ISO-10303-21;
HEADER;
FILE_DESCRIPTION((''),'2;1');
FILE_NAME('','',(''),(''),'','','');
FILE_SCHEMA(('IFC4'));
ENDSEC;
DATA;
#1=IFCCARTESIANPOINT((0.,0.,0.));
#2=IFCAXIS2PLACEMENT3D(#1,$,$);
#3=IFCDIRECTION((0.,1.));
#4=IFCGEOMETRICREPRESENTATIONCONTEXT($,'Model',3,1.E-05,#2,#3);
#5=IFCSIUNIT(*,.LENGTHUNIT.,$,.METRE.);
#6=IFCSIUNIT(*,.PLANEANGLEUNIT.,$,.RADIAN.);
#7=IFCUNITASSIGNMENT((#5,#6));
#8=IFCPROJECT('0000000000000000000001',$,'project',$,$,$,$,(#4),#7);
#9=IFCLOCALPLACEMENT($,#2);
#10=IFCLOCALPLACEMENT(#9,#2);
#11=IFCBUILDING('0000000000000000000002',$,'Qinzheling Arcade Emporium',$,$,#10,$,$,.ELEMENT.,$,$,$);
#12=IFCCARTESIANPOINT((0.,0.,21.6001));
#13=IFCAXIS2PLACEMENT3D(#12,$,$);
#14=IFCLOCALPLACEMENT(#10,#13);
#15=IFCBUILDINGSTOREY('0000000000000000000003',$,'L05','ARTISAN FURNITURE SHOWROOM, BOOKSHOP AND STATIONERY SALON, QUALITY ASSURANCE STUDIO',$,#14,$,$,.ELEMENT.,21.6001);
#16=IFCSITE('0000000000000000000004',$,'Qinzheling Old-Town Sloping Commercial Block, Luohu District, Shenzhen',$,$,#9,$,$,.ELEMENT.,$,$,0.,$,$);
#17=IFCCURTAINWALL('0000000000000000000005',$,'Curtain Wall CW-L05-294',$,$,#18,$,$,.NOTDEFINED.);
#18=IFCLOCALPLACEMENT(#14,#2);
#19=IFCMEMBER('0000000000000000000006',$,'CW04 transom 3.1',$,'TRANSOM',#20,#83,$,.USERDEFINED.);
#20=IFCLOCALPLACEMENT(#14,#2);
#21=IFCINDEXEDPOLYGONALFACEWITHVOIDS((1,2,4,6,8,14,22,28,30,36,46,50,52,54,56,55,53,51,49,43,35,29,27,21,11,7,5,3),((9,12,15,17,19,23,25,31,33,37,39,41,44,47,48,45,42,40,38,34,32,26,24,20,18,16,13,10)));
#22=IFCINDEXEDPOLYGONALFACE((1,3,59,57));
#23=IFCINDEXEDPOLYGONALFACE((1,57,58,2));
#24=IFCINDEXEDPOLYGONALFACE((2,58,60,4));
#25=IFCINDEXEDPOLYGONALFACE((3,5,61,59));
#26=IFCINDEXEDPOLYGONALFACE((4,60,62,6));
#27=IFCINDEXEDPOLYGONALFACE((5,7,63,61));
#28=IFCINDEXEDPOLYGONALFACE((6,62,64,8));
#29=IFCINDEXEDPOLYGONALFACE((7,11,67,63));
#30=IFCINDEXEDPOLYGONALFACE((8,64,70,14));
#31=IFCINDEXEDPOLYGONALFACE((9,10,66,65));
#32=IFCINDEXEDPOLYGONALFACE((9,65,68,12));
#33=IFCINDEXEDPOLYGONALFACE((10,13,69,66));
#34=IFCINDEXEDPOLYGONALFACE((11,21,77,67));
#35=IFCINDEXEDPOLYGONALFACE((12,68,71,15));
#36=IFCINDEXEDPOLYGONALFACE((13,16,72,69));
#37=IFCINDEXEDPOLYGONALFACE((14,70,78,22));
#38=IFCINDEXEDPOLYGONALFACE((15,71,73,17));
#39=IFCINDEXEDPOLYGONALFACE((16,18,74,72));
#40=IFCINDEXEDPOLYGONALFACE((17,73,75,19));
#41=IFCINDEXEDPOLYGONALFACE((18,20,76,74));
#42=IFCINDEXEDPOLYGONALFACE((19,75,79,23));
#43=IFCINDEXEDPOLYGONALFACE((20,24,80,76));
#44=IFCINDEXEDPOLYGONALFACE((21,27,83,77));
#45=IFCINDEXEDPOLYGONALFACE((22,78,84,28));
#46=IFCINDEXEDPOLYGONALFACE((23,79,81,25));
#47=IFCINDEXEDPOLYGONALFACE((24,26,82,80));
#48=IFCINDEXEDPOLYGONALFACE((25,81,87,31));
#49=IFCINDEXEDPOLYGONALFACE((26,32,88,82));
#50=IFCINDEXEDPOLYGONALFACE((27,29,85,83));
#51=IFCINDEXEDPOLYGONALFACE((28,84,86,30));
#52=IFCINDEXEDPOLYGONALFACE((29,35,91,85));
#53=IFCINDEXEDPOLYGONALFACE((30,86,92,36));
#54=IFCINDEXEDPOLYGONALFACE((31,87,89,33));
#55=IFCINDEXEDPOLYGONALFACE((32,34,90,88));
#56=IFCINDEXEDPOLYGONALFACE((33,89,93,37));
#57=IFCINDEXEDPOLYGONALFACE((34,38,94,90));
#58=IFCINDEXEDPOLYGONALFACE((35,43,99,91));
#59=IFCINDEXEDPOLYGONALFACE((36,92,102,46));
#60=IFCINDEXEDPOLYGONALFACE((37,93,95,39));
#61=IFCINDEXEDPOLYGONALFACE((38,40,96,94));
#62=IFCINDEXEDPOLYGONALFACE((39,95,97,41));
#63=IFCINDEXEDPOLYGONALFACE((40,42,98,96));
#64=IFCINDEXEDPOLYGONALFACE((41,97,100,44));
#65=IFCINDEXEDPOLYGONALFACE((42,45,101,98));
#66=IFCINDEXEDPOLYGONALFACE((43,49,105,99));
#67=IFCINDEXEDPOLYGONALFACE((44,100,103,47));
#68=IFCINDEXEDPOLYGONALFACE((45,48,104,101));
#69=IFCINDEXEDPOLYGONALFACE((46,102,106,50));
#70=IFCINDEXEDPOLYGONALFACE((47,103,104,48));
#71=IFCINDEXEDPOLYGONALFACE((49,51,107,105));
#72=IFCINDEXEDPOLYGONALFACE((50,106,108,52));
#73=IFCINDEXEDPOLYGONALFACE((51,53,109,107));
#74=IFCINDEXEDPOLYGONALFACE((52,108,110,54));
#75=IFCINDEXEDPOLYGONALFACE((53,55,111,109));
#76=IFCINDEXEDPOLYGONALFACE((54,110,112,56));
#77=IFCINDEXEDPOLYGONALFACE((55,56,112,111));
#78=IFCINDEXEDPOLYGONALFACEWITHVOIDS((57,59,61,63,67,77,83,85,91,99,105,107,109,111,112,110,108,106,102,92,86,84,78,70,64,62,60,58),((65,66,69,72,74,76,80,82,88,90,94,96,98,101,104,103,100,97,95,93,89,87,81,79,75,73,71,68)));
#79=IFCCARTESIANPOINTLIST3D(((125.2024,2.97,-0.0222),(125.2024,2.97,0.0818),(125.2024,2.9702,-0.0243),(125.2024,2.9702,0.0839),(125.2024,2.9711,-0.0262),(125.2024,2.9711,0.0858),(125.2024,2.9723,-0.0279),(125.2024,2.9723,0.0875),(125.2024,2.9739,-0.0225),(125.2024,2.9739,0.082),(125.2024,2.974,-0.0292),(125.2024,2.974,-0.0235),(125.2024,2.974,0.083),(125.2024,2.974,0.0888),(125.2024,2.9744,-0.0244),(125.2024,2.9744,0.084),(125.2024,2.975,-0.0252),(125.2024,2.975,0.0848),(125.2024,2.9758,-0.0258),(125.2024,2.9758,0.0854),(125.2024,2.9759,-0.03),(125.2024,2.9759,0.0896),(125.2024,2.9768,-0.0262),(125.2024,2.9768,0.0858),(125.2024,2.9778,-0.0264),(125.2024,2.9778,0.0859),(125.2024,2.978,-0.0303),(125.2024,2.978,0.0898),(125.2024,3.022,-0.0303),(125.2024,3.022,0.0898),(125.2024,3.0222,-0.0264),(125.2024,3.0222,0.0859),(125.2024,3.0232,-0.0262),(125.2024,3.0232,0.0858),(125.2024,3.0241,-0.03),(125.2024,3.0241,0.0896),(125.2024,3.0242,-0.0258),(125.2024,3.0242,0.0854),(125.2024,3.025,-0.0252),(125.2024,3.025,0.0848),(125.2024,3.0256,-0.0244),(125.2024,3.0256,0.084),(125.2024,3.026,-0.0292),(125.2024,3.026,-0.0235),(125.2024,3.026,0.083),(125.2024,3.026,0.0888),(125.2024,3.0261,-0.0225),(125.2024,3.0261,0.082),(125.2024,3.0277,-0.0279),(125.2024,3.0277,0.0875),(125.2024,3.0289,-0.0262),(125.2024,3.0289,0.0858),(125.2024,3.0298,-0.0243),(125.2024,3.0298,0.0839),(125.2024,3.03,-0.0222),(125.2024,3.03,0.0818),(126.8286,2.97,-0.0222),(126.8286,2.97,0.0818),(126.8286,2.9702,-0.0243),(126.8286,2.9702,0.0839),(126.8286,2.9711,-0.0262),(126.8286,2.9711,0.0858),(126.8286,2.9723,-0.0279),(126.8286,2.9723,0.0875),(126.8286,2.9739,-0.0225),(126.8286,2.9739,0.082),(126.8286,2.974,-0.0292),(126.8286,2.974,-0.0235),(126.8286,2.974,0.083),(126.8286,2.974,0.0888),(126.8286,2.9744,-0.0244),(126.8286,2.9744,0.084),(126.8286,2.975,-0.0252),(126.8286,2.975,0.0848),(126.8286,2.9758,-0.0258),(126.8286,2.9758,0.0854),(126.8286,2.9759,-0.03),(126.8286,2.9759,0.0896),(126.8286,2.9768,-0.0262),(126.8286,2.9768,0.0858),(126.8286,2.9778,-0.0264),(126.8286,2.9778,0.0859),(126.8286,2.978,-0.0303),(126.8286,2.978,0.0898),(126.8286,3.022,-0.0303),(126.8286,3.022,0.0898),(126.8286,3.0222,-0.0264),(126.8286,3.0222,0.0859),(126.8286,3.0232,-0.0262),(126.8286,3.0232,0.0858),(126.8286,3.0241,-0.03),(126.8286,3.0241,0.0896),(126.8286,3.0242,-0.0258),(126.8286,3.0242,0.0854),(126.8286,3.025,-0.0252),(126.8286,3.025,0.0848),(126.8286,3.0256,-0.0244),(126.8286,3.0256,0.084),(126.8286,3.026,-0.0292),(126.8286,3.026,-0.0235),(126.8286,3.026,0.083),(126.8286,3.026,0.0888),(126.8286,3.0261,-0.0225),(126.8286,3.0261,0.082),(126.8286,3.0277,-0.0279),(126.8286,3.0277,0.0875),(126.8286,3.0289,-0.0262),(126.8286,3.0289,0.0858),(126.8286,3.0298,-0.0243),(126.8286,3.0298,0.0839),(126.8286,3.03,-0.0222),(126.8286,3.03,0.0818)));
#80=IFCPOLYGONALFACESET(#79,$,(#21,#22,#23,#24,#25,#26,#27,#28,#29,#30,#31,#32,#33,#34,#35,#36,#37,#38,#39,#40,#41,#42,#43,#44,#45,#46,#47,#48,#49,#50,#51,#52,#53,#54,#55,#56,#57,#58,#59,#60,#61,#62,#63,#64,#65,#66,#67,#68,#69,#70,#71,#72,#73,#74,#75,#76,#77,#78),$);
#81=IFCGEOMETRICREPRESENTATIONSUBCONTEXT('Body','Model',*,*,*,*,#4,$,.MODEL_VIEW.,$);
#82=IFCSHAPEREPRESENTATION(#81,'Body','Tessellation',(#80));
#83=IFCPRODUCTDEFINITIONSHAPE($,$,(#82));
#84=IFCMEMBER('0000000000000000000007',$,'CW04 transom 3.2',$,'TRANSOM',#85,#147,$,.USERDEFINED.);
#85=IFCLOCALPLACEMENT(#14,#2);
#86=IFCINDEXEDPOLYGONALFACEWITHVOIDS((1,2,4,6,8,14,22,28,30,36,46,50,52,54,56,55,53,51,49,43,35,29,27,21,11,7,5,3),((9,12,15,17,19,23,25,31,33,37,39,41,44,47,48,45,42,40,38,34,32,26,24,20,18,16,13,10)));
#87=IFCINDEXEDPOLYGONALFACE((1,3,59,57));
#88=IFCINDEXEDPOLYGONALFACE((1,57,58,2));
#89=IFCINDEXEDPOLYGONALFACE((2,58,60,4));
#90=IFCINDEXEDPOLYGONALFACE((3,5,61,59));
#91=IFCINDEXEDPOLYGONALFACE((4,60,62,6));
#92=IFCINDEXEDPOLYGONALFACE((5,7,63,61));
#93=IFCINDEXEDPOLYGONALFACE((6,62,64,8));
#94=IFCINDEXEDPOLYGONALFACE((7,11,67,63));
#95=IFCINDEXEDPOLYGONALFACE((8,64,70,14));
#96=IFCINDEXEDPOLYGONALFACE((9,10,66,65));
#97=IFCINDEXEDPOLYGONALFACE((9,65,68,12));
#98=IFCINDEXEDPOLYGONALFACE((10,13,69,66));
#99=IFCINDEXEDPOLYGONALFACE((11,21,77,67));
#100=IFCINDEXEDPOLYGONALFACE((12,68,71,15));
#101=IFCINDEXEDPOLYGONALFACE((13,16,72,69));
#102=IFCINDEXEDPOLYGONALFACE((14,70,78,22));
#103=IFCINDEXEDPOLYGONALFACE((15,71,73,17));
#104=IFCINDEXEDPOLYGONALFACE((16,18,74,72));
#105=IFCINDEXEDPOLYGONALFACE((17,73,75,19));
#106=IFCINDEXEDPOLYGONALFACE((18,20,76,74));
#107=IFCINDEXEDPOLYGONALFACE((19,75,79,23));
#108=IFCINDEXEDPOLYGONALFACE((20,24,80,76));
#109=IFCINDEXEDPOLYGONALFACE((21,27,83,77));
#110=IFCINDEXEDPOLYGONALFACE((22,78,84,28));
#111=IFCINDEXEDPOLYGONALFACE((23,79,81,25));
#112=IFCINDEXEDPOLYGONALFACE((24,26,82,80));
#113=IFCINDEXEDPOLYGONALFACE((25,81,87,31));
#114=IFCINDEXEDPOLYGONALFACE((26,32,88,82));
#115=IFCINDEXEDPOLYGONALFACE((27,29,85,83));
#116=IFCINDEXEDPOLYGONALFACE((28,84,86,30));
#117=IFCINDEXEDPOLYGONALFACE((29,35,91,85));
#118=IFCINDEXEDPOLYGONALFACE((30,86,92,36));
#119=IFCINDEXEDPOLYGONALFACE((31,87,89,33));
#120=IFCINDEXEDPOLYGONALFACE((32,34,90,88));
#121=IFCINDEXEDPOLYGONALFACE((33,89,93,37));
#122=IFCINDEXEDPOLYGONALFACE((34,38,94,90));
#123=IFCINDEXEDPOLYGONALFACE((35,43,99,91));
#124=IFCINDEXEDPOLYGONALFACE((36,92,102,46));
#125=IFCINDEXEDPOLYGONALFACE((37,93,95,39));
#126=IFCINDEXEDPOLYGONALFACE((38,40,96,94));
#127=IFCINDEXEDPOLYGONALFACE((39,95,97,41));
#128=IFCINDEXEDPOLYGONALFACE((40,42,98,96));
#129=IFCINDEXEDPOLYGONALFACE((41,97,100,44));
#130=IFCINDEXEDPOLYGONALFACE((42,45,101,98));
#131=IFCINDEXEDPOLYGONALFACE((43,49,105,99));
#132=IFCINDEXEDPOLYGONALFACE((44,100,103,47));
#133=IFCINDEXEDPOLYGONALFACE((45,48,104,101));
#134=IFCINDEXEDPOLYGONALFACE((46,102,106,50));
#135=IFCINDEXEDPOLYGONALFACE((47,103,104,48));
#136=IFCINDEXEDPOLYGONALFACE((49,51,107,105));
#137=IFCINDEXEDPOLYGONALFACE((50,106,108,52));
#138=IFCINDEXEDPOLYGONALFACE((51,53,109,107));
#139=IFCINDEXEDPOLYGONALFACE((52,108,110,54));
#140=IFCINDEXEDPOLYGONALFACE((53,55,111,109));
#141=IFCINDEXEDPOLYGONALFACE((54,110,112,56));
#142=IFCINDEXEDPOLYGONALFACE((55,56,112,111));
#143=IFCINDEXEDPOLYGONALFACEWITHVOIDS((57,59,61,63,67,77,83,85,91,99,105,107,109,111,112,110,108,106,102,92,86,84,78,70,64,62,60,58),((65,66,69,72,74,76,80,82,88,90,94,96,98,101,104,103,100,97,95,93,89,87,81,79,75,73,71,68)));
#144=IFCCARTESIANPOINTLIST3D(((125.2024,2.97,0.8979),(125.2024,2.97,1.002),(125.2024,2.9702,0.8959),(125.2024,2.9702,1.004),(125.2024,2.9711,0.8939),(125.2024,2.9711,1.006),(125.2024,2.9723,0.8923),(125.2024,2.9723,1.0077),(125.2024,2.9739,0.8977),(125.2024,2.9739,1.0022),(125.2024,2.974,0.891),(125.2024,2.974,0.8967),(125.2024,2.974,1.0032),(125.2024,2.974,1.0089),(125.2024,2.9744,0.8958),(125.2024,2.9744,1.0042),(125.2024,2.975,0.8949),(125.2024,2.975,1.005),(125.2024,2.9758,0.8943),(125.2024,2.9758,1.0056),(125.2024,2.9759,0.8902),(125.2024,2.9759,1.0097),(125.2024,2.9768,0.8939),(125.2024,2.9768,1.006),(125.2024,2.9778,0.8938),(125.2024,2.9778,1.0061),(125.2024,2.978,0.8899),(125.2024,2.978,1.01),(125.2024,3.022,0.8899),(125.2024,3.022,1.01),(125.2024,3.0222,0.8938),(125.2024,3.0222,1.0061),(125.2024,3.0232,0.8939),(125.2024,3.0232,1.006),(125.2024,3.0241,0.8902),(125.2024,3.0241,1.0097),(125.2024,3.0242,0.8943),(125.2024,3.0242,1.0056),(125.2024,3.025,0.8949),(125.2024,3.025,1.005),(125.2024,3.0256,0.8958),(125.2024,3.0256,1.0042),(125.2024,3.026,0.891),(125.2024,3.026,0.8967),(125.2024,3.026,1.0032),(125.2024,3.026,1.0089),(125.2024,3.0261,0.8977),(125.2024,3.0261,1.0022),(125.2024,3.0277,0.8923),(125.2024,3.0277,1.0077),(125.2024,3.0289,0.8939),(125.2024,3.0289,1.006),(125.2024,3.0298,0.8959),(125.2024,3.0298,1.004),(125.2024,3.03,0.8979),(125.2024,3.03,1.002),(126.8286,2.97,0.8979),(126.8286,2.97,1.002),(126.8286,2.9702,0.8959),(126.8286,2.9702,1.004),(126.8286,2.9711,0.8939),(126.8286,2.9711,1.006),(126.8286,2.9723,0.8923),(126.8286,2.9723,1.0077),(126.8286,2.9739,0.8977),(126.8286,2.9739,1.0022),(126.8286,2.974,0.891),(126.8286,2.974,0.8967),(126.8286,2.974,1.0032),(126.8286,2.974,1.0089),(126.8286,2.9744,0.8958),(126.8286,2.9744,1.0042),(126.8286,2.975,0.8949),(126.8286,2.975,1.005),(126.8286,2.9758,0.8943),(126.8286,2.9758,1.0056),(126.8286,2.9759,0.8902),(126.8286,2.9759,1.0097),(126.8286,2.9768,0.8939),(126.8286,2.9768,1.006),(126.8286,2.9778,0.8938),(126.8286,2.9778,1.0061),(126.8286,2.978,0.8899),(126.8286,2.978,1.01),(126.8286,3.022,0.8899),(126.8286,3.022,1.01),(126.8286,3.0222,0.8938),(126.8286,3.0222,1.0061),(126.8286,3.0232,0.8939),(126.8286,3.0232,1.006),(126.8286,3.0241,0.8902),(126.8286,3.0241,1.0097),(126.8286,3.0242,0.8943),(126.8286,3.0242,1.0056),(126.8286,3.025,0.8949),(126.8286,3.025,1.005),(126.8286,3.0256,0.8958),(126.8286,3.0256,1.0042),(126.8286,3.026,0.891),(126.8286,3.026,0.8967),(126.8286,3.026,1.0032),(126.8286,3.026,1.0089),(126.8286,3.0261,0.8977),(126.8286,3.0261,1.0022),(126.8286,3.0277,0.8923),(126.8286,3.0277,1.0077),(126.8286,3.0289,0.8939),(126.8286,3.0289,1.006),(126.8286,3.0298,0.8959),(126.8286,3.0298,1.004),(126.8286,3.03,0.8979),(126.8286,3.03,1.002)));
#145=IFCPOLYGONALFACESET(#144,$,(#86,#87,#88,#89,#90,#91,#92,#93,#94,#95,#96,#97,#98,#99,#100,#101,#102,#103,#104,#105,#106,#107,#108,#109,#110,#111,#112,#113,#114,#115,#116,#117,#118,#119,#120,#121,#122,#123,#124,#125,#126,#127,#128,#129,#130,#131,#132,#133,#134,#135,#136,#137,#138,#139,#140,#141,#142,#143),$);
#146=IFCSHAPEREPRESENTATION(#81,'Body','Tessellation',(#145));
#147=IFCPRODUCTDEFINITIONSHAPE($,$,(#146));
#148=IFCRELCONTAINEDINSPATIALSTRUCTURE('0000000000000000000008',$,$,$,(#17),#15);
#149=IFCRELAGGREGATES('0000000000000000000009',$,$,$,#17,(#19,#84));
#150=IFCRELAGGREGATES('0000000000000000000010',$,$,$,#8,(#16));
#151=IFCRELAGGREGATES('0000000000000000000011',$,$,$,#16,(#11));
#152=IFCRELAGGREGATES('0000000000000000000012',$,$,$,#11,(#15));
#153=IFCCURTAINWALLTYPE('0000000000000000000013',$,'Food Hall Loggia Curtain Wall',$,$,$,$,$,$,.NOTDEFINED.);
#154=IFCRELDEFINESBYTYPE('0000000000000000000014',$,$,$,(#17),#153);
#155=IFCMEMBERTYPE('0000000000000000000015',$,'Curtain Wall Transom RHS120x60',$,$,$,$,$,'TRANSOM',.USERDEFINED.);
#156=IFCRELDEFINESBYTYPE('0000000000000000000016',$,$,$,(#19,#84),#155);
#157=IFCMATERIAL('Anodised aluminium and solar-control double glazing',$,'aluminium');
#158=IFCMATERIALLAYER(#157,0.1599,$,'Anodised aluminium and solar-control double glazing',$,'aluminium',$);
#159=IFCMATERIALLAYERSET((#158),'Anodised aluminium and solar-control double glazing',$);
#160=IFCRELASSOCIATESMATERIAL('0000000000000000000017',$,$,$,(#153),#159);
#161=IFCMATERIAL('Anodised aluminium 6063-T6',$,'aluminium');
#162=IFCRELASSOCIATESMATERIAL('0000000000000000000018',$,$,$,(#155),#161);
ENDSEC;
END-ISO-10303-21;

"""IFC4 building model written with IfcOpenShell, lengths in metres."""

from ifc_helpers import new_model, si_unit, direction, frame, origin, origin_2d, place, context, subcontext, project, spatial, hollow_rectangle, extrude, material, layer, layer_set, material_profile, profile_set, type_object, element, aggregate, save


model = new_model("IFC4")

# Units and contexts
model_context = context("Model", 3, precision=1e-05, world=origin(), true_north=direction((0.0, 1.0)))
body_context = subcontext(model_context, "Body", "Model", "MODEL_VIEW")
ifc_project = project(units=[si_unit("LENGTHUNIT", "METRE"), si_unit("PLANEANGLEUNIT", "RADIAN")], contexts=[model_context])

# Site, building, storey
site_placement = place(None, origin())
site = spatial("IfcSite", under=ifc_project, at=site_placement, Name="Qinzheling Old-Town Sloping Commercial Block, Luohu District, Shenzhen", CompositionType="ELEMENT", RefElevation=0.0)
building_placement = place(site_placement, origin())
building = spatial("IfcBuilding", under=site, at=building_placement, Name="Qinzheling Arcade Emporium", CompositionType="ELEMENT")
storey_placement = place(building_placement, frame((0.0, 0.0, 21.6001)))
storey = spatial("IfcBuildingStorey", under=building, at=storey_placement, Name="L05", Description="ARTISAN FURNITURE SHOWROOM, BOOKSHOP AND STATIONERY SALON, QUALITY ASSURANCE STUDIO", CompositionType="ELEMENT", Elevation=21.6001)

# Curtain wall
ifc_material_1 = material(Name="Anodised aluminium and solar-control double glazing", Category="aluminium")
ifc_layer_1 = layer(ifc_material_1, 0.1599, Name="Anodised aluminium and solar-control double glazing", Category="aluminium")
ifc_layer_set_1 = layer_set([ifc_layer_1], Name="Anodised aluminium and solar-control double glazing")
curtain_wall_type = type_object("IfcCurtainWallType", Name="Food Hall Loggia Curtain Wall", PredefinedType="NOTDEFINED", material=ifc_layer_set_1)
curtain_wall_1_placement = place(storey_placement, origin())
curtain_wall_1 = element("IfcCurtainWall", 1, at=curtain_wall_1_placement, inside=storey, type_object=curtain_wall_type, Name="Curtain Wall CW-L05-294", PredefinedType="NOTDEFINED")
ifc_material_2 = material(Name="Anodised aluminium 6063-T6", Category="aluminium")

# Members
ifc_material_profile_1 = material_profile(ifc_material_2, hollow_rectangle(XDim=0.0601, YDim=0.1201, WallThickness=0.0039, InnerFilletRadius=0.0039, OuterFilletRadius=0.0081, at=origin_2d()), Name="RHS 120x60x4", Category="aluminium")
ifc_profile_set_1 = profile_set([ifc_material_profile_1], Name="Anodised aluminium 6063-T6")
member_type_1 = type_object("IfcMemberType", Name="Curtain Wall Transom RHS120x60", ElementType="TRANSOM", PredefinedType="USERDEFINED", material=ifc_profile_set_1)
member_1_placement = place(storey_placement, frame((126.8286, 3.0, 0.0298), z_axis=(-1.0, 0.0, 0.0), x_axis=(0.0, -1.0, 0.0)))
member_1 = element("IfcMember", 2, at=member_1_placement, type_object=member_type_1, Name="CW04 transom 3.1", ObjectType="TRANSOM", PredefinedType="USERDEFINED", context=body_context, shape_type="SweptSolid", body=[
    extrude(hollow_rectangle(XDim=0.0601, YDim=0.1201, WallThickness=0.0039, InnerFilletRadius=0.0039, OuterFilletRadius=0.0081, at=origin_2d()), origin(), (0.0, 0.0, 1.0), 1.6262),
])
member_2_placement = place(storey_placement, frame((126.8286, 3.0, 0.95), z_axis=(-1.0, 0.0, 0.0), x_axis=(0.0, -1.0, 0.0)))
member_2 = element("IfcMember", 3, at=member_2_placement, type_object=member_type_1, Name="CW04 transom 3.2", ObjectType="TRANSOM", PredefinedType="USERDEFINED", context=body_context, shape_type="SweptSolid", body=[
    extrude(hollow_rectangle(XDim=0.0601, YDim=0.1201, WallThickness=0.0039, InnerFilletRadius=0.0039, OuterFilletRadius=0.0081, at=origin_2d()), origin(), (0.0, 0.0, 1.0), 1.6262),
])

aggregate(curtain_wall_1, [member_1, member_2])

save(model, "model.ifc")
